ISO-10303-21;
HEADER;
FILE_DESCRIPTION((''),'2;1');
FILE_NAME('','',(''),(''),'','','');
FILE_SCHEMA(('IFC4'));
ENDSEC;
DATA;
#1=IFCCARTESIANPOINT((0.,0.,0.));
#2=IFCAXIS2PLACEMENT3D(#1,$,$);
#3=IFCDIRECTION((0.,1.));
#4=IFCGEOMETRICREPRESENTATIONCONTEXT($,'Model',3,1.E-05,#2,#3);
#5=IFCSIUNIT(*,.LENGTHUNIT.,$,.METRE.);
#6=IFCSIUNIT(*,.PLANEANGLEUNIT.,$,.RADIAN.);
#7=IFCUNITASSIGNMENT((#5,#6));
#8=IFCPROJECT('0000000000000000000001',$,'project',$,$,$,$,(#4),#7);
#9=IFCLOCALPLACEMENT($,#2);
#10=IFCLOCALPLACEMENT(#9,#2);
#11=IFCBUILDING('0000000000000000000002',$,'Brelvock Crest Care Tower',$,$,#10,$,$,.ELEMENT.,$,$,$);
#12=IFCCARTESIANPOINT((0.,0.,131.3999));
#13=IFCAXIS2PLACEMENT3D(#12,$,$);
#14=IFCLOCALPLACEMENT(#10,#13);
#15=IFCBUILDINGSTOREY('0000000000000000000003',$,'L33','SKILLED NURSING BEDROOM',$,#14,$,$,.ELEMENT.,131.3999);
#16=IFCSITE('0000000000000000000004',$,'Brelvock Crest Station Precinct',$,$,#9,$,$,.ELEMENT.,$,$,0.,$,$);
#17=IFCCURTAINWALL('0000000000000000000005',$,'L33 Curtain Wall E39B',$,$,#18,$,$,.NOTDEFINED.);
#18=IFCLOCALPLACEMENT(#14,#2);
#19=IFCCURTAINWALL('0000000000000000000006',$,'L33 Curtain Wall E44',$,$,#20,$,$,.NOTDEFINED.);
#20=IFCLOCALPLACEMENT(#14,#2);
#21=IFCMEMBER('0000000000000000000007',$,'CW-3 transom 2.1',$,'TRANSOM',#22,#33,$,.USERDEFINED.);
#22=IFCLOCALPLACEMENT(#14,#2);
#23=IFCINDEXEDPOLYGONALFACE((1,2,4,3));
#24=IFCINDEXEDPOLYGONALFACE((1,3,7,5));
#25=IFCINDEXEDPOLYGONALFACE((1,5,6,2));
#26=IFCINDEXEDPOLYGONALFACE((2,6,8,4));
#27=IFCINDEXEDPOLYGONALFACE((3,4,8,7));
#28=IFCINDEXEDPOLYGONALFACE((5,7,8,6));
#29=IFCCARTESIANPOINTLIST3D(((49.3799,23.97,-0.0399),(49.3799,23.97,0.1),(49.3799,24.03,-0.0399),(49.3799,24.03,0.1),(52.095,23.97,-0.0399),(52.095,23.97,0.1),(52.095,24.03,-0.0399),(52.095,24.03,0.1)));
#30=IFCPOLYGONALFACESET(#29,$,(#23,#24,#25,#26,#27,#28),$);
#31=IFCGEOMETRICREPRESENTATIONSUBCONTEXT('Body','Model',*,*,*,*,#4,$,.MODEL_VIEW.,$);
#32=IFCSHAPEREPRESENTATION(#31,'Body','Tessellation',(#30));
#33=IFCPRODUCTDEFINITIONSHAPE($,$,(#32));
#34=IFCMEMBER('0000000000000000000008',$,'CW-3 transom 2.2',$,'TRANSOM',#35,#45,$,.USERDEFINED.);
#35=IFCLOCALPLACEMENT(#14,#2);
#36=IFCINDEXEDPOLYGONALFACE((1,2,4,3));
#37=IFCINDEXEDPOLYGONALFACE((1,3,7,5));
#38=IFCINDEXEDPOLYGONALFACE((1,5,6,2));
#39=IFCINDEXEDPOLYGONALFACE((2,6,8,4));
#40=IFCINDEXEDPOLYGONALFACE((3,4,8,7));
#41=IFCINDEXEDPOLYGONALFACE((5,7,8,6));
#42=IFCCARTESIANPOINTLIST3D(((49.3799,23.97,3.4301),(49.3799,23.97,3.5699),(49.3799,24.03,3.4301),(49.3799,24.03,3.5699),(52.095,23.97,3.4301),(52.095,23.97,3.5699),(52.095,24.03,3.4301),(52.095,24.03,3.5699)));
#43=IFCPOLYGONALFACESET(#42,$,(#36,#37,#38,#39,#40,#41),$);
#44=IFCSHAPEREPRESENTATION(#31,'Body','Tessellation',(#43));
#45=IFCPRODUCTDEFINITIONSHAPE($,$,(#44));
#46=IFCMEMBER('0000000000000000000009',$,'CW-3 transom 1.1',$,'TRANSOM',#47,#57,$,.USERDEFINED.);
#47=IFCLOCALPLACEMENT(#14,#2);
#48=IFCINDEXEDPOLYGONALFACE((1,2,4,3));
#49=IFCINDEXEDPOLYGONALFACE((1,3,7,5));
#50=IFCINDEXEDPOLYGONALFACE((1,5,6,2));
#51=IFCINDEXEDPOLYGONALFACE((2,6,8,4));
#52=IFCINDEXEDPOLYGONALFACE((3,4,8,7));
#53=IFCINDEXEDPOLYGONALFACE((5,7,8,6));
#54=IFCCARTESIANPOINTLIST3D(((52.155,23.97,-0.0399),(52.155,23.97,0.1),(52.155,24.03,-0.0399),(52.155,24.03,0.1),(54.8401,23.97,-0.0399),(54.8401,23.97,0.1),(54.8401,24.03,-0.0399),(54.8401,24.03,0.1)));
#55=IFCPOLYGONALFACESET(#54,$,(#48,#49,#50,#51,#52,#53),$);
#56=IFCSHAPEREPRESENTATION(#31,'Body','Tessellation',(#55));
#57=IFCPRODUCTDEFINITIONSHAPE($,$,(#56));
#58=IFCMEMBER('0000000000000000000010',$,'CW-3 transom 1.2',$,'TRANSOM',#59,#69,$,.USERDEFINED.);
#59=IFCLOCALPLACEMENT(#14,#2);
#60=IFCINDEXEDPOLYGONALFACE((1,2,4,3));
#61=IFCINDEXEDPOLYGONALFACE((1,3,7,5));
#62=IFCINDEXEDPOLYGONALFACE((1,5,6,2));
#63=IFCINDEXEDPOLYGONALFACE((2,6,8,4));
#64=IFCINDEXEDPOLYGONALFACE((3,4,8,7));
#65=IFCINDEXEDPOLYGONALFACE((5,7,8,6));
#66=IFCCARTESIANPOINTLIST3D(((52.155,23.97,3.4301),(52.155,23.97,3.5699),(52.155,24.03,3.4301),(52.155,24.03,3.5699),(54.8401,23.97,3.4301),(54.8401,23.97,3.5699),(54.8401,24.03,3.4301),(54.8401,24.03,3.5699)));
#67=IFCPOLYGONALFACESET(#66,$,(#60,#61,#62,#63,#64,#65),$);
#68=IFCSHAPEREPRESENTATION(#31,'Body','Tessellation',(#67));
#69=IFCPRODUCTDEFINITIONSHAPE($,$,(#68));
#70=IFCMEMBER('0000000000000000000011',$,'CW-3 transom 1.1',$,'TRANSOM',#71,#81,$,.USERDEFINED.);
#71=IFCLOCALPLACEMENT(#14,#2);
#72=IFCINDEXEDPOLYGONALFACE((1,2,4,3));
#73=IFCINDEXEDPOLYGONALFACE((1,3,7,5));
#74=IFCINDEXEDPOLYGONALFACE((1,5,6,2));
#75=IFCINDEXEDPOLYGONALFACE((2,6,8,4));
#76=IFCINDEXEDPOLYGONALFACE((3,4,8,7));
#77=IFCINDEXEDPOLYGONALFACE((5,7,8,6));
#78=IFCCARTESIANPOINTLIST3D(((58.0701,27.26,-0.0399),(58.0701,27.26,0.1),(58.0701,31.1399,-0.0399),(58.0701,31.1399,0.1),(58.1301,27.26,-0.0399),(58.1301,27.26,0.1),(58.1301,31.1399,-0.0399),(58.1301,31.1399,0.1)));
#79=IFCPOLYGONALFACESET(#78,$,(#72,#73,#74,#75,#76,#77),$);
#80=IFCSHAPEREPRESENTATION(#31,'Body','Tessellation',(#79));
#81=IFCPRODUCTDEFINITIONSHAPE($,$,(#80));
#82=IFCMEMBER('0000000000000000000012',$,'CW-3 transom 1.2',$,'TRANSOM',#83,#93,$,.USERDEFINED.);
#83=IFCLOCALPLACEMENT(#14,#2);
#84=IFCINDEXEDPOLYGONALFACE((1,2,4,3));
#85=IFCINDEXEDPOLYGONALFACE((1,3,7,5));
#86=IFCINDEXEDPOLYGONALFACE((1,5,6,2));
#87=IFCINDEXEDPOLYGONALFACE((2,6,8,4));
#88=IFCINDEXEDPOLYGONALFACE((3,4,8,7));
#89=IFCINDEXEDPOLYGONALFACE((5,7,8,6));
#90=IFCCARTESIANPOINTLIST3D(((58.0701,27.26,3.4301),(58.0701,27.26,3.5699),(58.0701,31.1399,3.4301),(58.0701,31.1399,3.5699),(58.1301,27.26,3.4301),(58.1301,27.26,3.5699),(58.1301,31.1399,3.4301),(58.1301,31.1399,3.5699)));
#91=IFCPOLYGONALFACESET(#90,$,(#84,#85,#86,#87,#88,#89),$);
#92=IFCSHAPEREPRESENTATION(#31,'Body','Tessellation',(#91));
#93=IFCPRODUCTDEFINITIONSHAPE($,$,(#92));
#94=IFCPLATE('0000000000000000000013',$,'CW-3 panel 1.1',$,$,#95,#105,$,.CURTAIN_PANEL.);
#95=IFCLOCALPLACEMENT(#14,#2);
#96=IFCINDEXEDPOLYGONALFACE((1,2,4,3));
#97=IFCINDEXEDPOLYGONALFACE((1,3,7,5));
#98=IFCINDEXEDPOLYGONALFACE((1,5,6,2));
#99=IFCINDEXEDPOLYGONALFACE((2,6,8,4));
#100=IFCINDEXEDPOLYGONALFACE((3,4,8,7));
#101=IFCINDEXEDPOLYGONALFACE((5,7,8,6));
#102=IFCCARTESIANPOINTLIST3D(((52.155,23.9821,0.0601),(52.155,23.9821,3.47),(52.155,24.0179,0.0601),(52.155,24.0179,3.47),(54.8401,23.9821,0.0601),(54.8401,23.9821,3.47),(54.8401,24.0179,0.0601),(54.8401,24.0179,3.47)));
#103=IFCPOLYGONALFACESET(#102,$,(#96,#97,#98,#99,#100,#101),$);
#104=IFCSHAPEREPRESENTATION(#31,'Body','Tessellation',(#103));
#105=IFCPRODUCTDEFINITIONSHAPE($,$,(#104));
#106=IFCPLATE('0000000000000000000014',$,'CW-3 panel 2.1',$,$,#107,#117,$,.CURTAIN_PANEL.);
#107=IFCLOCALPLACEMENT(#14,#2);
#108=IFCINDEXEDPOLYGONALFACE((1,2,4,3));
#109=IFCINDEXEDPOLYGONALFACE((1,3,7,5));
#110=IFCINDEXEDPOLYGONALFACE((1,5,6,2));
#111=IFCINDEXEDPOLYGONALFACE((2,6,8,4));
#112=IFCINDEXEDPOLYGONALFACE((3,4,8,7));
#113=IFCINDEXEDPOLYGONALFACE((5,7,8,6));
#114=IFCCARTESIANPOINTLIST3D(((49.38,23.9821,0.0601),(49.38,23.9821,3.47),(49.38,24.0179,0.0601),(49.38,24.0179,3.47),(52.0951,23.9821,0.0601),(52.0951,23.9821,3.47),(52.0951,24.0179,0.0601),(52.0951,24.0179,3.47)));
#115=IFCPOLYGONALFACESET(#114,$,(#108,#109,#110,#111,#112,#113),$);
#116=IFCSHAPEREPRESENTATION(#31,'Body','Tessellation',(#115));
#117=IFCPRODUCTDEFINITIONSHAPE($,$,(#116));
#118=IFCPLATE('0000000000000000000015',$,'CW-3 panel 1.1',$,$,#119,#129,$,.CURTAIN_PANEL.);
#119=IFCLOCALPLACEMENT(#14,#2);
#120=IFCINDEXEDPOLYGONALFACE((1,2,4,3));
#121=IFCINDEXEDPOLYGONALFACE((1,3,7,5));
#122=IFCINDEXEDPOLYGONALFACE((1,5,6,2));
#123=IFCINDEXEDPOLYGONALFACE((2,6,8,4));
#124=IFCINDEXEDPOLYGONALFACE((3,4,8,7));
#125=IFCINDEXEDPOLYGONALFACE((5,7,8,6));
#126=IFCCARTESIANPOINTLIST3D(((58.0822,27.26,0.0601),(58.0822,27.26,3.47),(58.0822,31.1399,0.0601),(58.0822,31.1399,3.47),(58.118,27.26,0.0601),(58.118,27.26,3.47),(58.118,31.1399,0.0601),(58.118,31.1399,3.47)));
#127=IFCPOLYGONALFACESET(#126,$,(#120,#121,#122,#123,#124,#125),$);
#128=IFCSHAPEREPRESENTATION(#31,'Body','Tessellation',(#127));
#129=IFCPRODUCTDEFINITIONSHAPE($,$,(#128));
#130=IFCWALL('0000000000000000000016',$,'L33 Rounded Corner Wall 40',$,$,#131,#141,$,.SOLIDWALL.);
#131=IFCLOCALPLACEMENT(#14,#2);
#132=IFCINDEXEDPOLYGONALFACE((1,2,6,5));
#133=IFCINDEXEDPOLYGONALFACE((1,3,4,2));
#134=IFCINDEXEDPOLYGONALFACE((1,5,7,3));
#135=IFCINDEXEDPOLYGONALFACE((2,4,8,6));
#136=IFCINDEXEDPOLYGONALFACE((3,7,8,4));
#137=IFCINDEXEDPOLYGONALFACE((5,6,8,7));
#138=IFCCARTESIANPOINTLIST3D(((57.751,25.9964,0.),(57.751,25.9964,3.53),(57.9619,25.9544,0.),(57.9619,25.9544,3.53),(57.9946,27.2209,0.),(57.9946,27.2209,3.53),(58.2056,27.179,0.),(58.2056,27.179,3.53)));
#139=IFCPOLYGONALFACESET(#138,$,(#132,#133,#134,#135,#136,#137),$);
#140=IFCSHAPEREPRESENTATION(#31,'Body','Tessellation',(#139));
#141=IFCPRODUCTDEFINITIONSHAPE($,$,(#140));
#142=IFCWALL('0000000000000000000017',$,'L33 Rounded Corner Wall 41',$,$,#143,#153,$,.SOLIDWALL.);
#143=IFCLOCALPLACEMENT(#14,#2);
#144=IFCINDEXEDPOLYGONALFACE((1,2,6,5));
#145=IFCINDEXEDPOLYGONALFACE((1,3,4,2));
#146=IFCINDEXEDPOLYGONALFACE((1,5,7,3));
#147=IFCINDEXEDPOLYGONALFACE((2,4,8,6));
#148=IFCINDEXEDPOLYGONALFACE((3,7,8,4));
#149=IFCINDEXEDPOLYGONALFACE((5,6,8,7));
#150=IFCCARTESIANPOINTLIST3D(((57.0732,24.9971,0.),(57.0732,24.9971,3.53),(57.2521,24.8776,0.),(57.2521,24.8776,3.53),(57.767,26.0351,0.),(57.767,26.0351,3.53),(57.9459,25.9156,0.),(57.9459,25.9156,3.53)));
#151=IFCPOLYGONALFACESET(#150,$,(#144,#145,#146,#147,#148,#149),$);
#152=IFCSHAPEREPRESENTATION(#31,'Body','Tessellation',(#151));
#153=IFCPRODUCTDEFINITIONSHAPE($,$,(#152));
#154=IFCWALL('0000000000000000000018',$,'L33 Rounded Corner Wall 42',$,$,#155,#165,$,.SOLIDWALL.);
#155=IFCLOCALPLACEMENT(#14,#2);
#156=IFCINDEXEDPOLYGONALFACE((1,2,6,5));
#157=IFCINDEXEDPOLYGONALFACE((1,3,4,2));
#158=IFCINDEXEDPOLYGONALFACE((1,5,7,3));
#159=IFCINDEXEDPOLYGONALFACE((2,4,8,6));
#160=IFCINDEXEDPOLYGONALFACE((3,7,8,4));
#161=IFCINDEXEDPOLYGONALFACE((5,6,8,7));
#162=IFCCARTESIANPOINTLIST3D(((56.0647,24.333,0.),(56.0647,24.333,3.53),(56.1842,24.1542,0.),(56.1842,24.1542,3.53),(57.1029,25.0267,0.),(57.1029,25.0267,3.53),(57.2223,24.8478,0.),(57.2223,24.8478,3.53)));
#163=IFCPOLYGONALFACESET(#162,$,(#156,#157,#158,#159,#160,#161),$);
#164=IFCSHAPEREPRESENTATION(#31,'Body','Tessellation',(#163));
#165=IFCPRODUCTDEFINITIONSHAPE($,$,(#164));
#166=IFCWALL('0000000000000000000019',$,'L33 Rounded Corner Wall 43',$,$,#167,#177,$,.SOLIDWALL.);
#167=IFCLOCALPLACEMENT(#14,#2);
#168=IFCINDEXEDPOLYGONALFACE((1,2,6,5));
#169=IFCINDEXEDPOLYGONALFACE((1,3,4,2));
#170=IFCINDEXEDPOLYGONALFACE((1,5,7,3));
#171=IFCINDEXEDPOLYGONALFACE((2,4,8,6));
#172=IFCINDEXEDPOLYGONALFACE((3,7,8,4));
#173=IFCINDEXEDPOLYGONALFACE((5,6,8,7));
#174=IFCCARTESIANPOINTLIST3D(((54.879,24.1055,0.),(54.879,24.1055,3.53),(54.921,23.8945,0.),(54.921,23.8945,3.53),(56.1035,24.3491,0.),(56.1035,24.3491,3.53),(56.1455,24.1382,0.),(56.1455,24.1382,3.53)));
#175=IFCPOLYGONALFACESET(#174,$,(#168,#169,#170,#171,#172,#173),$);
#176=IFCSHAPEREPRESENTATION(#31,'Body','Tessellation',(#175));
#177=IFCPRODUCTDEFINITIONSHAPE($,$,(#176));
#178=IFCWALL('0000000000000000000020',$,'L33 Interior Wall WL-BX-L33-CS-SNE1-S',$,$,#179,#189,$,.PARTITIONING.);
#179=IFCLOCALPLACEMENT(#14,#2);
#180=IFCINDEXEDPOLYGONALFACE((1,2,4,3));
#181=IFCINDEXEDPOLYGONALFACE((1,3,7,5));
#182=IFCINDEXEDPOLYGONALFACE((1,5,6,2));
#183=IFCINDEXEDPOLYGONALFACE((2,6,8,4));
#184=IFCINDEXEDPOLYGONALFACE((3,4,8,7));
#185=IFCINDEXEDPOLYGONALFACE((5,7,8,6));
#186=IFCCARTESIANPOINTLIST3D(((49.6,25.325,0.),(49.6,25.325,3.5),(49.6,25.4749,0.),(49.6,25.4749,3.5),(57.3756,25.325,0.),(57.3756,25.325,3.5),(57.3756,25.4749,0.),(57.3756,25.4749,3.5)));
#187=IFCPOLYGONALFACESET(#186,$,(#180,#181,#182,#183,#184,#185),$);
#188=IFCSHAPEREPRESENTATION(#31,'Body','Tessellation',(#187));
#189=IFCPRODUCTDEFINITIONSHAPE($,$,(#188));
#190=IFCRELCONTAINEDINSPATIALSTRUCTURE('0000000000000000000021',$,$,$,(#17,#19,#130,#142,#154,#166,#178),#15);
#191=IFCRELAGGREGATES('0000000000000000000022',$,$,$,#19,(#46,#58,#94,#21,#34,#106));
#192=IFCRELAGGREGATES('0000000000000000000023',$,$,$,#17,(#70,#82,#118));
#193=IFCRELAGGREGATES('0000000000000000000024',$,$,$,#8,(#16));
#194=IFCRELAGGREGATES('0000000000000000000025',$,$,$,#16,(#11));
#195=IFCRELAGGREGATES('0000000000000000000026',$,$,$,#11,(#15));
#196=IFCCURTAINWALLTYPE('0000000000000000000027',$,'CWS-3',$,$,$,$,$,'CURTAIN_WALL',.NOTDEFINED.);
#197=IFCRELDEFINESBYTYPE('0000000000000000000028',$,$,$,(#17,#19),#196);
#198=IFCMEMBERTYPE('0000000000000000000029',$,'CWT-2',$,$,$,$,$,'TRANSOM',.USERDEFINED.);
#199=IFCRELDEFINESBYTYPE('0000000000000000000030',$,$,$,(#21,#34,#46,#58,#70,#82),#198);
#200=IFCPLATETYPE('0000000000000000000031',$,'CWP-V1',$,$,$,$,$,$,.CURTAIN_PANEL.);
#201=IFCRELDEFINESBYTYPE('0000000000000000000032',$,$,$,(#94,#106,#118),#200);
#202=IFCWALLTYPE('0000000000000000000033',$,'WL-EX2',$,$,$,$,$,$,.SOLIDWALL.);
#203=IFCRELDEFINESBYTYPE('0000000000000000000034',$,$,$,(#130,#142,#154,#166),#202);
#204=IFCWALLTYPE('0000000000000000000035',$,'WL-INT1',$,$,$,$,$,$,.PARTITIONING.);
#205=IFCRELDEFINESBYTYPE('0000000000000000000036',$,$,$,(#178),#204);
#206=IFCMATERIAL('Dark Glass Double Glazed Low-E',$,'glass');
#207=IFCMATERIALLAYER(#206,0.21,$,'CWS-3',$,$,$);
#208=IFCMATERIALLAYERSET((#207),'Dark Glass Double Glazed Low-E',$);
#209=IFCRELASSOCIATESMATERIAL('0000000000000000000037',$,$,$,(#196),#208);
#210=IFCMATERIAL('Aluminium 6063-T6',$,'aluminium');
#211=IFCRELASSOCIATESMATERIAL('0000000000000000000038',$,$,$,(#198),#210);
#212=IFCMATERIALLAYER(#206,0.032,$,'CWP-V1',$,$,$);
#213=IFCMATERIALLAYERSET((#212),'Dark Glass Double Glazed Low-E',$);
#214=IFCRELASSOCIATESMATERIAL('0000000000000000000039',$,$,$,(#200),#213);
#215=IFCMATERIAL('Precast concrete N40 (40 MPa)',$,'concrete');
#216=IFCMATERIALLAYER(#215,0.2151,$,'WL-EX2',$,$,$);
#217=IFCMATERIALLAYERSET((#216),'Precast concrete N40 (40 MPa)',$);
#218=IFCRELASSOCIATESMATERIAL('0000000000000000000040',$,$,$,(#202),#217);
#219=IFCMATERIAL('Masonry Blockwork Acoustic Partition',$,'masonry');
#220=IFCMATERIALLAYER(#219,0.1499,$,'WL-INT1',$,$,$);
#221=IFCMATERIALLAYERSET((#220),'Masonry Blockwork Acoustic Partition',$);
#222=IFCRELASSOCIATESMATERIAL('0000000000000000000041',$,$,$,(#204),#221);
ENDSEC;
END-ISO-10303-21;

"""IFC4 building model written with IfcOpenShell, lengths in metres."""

from ifc_helpers import new_model, si_unit, direction, frame, frame_2d, origin, origin_2d, place, context, subcontext, project, spatial, rectangle, extrude, source, transform, mapped, material, layer, layer_set, material_profile, profile_set, type_object, element, aggregate, save


model = new_model("IFC4")

# Units and contexts
model_context = context("Model", 3, precision=1e-05, world=origin(), true_north=direction((0.0, 1.0)))
body_context = subcontext(model_context, "Body", "Model", "MODEL_VIEW")
ifc_project = project(units=[si_unit("LENGTHUNIT", "METRE"), si_unit("PLANEANGLEUNIT", "RADIAN")], contexts=[model_context])

# Site, building, storey
site_placement = place(None, origin())
site = spatial("IfcSite", under=ifc_project, at=site_placement, Name="Brelvock Crest Station Precinct", CompositionType="ELEMENT", RefElevation=0.0)
building_placement = place(site_placement, origin())
building = spatial("IfcBuilding", under=site, at=building_placement, Name="Brelvock Crest Care Tower", CompositionType="ELEMENT")
storey_placement = place(building_placement, frame((0.0, 0.0, 131.3999)))
storey = spatial("IfcBuildingStorey", under=building, at=storey_placement, Name="L33", Description="SKILLED NURSING BEDROOM", CompositionType="ELEMENT", Elevation=131.3999)

# Curtain walls, members
ifc_material_1 = material(Name="Dark Glass Double Glazed Low-E", Category="glass")
ifc_layer_1 = layer(ifc_material_1, 0.21, Name="CWS-3")
ifc_layer_set_1 = layer_set([ifc_layer_1], Name="Dark Glass Double Glazed Low-E")
curtain_wall_type = type_object("IfcCurtainWallType", Name="CWS-3", ElementType="CURTAIN_WALL", PredefinedType="NOTDEFINED", material=ifc_layer_set_1)
curtain_wall_1_placement = place(storey_placement, origin())
curtain_wall_1 = element("IfcCurtainWall", 1, at=curtain_wall_1_placement, inside=storey, type_object=curtain_wall_type, Name="L33 Curtain Wall E39B", PredefinedType="NOTDEFINED")
ifc_material_2 = material(Name="Aluminium 6063-T6", Category="aluminium")
curtain_wall_2_placement = place(storey_placement, origin())
curtain_wall_2 = element("IfcCurtainWall", 2, at=curtain_wall_2_placement, inside=storey, type_object=curtain_wall_type, Name="L33 Curtain Wall E44", PredefinedType="NOTDEFINED")
ifc_material_profile_1 = material_profile(ifc_material_2, rectangle(XDim=0.0601, YDim=0.1399, at=origin_2d()), Name="ALU60x140")
ifc_profile_set_1 = profile_set([ifc_material_profile_1], Name="Aluminium 6063-T6")
member_type_1 = type_object("IfcMemberType", Name="CWT-2", ElementType="TRANSOM", PredefinedType="USERDEFINED", material=ifc_profile_set_1)
shared_shape_1 = source(origin(), body_context, "Body", "SweptSolid", [
    extrude(rectangle(XDim=0.0601, YDim=0.1399, at=origin_2d()), origin(), (0.0, 0.0, 1.0), 2.7151),
])
member_1_placement = place(storey_placement, frame((52.095, 24.0, 0.03), z_axis=(-1.0, 0.0, 0.0), x_axis=(0.0, -1.0, 0.0)))
member_1 = element("IfcMember", 3, at=member_1_placement, type_object=member_type_1, Name="CW-3 transom 2.1", ObjectType="TRANSOM", PredefinedType="USERDEFINED", context=body_context, shape_type="MappedRepresentation", body=[
    mapped(shared_shape_1, transform((0.0, 0.0, 0.0), x_axis=(1.0, 0.0, 0.0), y_axis=(0.0, 1.0, 0.0), z_axis=(0.0, 0.0, 1.0), scale=1.0)),
])
member_2_placement = place(storey_placement, frame((52.095, 24.0, 3.5), z_axis=(-1.0, 0.0, 0.0), x_axis=(0.0, -1.0, 0.0)))
member_2 = element("IfcMember", 4, at=member_2_placement, type_object=member_type_1, Name="CW-3 transom 2.2", ObjectType="TRANSOM", PredefinedType="USERDEFINED", context=body_context, shape_type="MappedRepresentation", body=[
    mapped(shared_shape_1, transform((0.0, 0.0, 0.0), x_axis=(1.0, 0.0, 0.0), y_axis=(0.0, 1.0, 0.0), z_axis=(0.0, 0.0, 1.0), scale=1.0)),
])
shared_shape_2 = source(origin(), body_context, "Body", "SweptSolid", [
    extrude(rectangle(XDim=0.0601, YDim=0.1399, at=origin_2d()), origin(), (0.0, 0.0, 1.0), 2.6851),
])
member_3_placement = place(storey_placement, frame((54.8401, 24.0, 0.03), z_axis=(-1.0, 0.0, 0.0), x_axis=(0.0, -1.0, 0.0)))
member_3 = element("IfcMember", 5, at=member_3_placement, type_object=member_type_1, Name="CW-3 transom 1.1", ObjectType="TRANSOM", PredefinedType="USERDEFINED", context=body_context, shape_type="MappedRepresentation", body=[
    mapped(shared_shape_2, transform((0.0, 0.0, 0.0), x_axis=(1.0, 0.0, 0.0), y_axis=(0.0, 1.0, 0.0), z_axis=(0.0, 0.0, 1.0), scale=1.0)),
])
member_4_placement = place(storey_placement, frame((54.8401, 24.0, 3.5), z_axis=(-1.0, 0.0, 0.0), x_axis=(0.0, -1.0, 0.0)))
member_4 = element("IfcMember", 6, at=member_4_placement, type_object=member_type_1, Name="CW-3 transom 1.2", ObjectType="TRANSOM", PredefinedType="USERDEFINED", context=body_context, shape_type="MappedRepresentation", body=[
    mapped(shared_shape_2, transform((0.0, 0.0, 0.0), x_axis=(1.0, 0.0, 0.0), y_axis=(0.0, 1.0, 0.0), z_axis=(0.0, 0.0, 1.0), scale=1.0)),
])

# Members
shared_shape_3 = source(origin(), body_context, "Body", "SweptSolid", [
    extrude(rectangle(XDim=0.0601, YDim=0.1399, at=origin_2d()), origin(), (0.0, 0.0, 1.0), 3.8799),
])
member_5_placement = place(storey_placement, frame((58.1001, 31.1399, 0.03), z_axis=(0.0, -1.0, 0.0), x_axis=(1.0, 0.0, 0.0)))
member_5 = element("IfcMember", 7, at=member_5_placement, type_object=member_type_1, Name="CW-3 transom 1.1", ObjectType="TRANSOM", PredefinedType="USERDEFINED", context=body_context, shape_type="MappedRepresentation", body=[
    mapped(shared_shape_3, transform((0.0, 0.0, 0.0), x_axis=(1.0, 0.0, 0.0), y_axis=(0.0, 1.0, 0.0), z_axis=(0.0, 0.0, 1.0), scale=1.0)),
])
member_6_placement = place(storey_placement, frame((58.1001, 31.1399, 3.5), z_axis=(0.0, -1.0, 0.0), x_axis=(1.0, 0.0, 0.0)))
member_6 = element("IfcMember", 8, at=member_6_placement, type_object=member_type_1, Name="CW-3 transom 1.2", ObjectType="TRANSOM", PredefinedType="USERDEFINED", context=body_context, shape_type="MappedRepresentation", body=[
    mapped(shared_shape_3, transform((0.0, 0.0, 0.0), x_axis=(1.0, 0.0, 0.0), y_axis=(0.0, 1.0, 0.0), z_axis=(0.0, 0.0, 1.0), scale=1.0)),
])

# Plates
ifc_layer_2 = layer(ifc_material_1, 0.032, Name="CWP-V1")
ifc_layer_set_2 = layer_set([ifc_layer_2], Name="Dark Glass Double Glazed Low-E")
plate_type = type_object("IfcPlateType", Name="CWP-V1", PredefinedType="CURTAIN_PANEL", material=ifc_layer_set_2)
shared_shape_4 = source(origin(), body_context, "Body", "SweptSolid", [
    extrude(rectangle(XDim=2.6851, YDim=0.0359, at=origin_2d()), origin(), (0.0, 0.0, 1.0), 3.4099),
])
plate_1_placement = place(storey_placement, frame((53.4976, 24.0, 0.0601), z_axis=(0.0, 0.0, 1.0), x_axis=(-1.0, 0.0, 0.0)))
plate_1 = element("IfcPlate", 9, at=plate_1_placement, type_object=plate_type, Name="CW-3 panel 1.1", PredefinedType="CURTAIN_PANEL", context=body_context, shape_type="MappedRepresentation", body=[
    mapped(shared_shape_4, transform((0.0, 0.0, 0.0), x_axis=(1.0, 0.0, 0.0), y_axis=(0.0, 1.0, 0.0), z_axis=(0.0, 0.0, 1.0), scale=1.0)),
])
shared_shape_5 = source(origin(), body_context, "Body", "SweptSolid", [
    extrude(rectangle(XDim=2.7151, YDim=0.0359, at=origin_2d()), origin(), (0.0, 0.0, 1.0), 3.4099),
])
plate_2_placement = place(storey_placement, frame((50.7375, 24.0, 0.0601), z_axis=(0.0, 0.0, 1.0), x_axis=(-1.0, 0.0, 0.0)))
plate_2 = element("IfcPlate", 10, at=plate_2_placement, type_object=plate_type, Name="CW-3 panel 2.1", PredefinedType="CURTAIN_PANEL", context=body_context, shape_type="MappedRepresentation", body=[
    mapped(shared_shape_5, transform((0.0, 0.0, 0.0), x_axis=(1.0, 0.0, 0.0), y_axis=(0.0, 1.0, 0.0), z_axis=(0.0, 0.0, 1.0), scale=1.0)),
])
aggregate(curtain_wall_2, [member_3, member_4, plate_1, member_1, member_2, plate_2])
shared_shape_6 = source(origin(), body_context, "Body", "SweptSolid", [
    extrude(rectangle(XDim=3.8799, YDim=0.0359, at=origin_2d()), origin(), (0.0, 0.0, 1.0), 3.4099),
])
plate_3_placement = place(storey_placement, frame((58.1001, 29.2, 0.0601), z_axis=(0.0, 0.0, 1.0), x_axis=(0.0, -1.0, 0.0)))
plate_3 = element("IfcPlate", 11, at=plate_3_placement, type_object=plate_type, Name="CW-3 panel 1.1", PredefinedType="CURTAIN_PANEL", context=body_context, shape_type="MappedRepresentation", body=[
    mapped(shared_shape_6, transform((0.0, 0.0, 0.0), x_axis=(1.0, 0.0, 0.0), y_axis=(0.0, 1.0, 0.0), z_axis=(0.0, 0.0, 1.0), scale=1.0)),
])
aggregate(curtain_wall_1, [member_5, member_6, plate_3])

# Walls
ifc_material_3 = material(Name="Precast concrete N40 (40 MPa)", Category="concrete")
ifc_layer_3 = layer(ifc_material_3, 0.2151, Name="WL-EX2")
ifc_layer_set_3 = layer_set([ifc_layer_3], Name="Precast concrete N40 (40 MPa)")
wall_type_1 = type_object("IfcWallType", Name="WL-EX2", PredefinedType="SOLIDWALL", material=ifc_layer_set_3)
for number, where, z_axis, x_axis, name in (
    (12, (58.1001, 27.2, 0.0), (0.0, 0.0, 1.0), (-0.195138, -0.980776, 0.0), "L33 Rounded Corner Wall 40"),
    (13, (57.8564, 25.9753, 0.0), (0.0, 0.0, 1.0), (-0.555692, -0.831388, 0.0), "L33 Rounded Corner Wall 41"),
    (14, (57.1626, 24.9373, 0.0), (0.0, 0.0, 1.0), (-0.831478, -0.555557, 0.0), "L33 Rounded Corner Wall 42"),
    (15, (56.1245, 24.2437, 0.0), (0.0, 0.0, 1.0), (-0.980776, -0.195138, 0.0), "L33 Rounded Corner Wall 43"),
):
    element("IfcWall", number, at=place(storey_placement, frame(where, z_axis=z_axis, x_axis=x_axis)), inside=storey, type_object=wall_type_1, Name=name, PredefinedType="SOLIDWALL", context=body_context, shape_type="SweptSolid", body=[
        extrude(rectangle(XDim=1.2485, YDim=0.2151, at=frame_2d((0.6243, 0.0))), origin(), (0.0, 0.0, 1.0), 3.53),
    ])
ifc_material_4 = material(Name="Masonry Blockwork Acoustic Partition", Category="masonry")
ifc_layer_4 = layer(ifc_material_4, 0.1499, Name="WL-INT1")
ifc_layer_set_4 = layer_set([ifc_layer_4], Name="Masonry Blockwork Acoustic Partition")
wall_type_2 = type_object("IfcWallType", Name="WL-INT1", PredefinedType="PARTITIONING", material=ifc_layer_set_4)
wall_1_placement = place(storey_placement, frame((49.6001, 25.3999, 0.0), z_axis=(0.0, 0.0, 1.0), x_axis=(1.0, 0.0, 0.0)))
element("IfcWall", 16, at=wall_1_placement, inside=storey, type_object=wall_type_2, Name="L33 Interior Wall WL-BX-L33-CS-SNE1-S", PredefinedType="PARTITIONING", context=body_context, shape_type="SweptSolid", body=[
    extrude(rectangle(XDim=7.7756, YDim=0.1499, at=frame_2d((3.8877, 0.0))), origin(), (0.0, 0.0, 1.0), 3.5),
])

save(model, "model.ifc")
